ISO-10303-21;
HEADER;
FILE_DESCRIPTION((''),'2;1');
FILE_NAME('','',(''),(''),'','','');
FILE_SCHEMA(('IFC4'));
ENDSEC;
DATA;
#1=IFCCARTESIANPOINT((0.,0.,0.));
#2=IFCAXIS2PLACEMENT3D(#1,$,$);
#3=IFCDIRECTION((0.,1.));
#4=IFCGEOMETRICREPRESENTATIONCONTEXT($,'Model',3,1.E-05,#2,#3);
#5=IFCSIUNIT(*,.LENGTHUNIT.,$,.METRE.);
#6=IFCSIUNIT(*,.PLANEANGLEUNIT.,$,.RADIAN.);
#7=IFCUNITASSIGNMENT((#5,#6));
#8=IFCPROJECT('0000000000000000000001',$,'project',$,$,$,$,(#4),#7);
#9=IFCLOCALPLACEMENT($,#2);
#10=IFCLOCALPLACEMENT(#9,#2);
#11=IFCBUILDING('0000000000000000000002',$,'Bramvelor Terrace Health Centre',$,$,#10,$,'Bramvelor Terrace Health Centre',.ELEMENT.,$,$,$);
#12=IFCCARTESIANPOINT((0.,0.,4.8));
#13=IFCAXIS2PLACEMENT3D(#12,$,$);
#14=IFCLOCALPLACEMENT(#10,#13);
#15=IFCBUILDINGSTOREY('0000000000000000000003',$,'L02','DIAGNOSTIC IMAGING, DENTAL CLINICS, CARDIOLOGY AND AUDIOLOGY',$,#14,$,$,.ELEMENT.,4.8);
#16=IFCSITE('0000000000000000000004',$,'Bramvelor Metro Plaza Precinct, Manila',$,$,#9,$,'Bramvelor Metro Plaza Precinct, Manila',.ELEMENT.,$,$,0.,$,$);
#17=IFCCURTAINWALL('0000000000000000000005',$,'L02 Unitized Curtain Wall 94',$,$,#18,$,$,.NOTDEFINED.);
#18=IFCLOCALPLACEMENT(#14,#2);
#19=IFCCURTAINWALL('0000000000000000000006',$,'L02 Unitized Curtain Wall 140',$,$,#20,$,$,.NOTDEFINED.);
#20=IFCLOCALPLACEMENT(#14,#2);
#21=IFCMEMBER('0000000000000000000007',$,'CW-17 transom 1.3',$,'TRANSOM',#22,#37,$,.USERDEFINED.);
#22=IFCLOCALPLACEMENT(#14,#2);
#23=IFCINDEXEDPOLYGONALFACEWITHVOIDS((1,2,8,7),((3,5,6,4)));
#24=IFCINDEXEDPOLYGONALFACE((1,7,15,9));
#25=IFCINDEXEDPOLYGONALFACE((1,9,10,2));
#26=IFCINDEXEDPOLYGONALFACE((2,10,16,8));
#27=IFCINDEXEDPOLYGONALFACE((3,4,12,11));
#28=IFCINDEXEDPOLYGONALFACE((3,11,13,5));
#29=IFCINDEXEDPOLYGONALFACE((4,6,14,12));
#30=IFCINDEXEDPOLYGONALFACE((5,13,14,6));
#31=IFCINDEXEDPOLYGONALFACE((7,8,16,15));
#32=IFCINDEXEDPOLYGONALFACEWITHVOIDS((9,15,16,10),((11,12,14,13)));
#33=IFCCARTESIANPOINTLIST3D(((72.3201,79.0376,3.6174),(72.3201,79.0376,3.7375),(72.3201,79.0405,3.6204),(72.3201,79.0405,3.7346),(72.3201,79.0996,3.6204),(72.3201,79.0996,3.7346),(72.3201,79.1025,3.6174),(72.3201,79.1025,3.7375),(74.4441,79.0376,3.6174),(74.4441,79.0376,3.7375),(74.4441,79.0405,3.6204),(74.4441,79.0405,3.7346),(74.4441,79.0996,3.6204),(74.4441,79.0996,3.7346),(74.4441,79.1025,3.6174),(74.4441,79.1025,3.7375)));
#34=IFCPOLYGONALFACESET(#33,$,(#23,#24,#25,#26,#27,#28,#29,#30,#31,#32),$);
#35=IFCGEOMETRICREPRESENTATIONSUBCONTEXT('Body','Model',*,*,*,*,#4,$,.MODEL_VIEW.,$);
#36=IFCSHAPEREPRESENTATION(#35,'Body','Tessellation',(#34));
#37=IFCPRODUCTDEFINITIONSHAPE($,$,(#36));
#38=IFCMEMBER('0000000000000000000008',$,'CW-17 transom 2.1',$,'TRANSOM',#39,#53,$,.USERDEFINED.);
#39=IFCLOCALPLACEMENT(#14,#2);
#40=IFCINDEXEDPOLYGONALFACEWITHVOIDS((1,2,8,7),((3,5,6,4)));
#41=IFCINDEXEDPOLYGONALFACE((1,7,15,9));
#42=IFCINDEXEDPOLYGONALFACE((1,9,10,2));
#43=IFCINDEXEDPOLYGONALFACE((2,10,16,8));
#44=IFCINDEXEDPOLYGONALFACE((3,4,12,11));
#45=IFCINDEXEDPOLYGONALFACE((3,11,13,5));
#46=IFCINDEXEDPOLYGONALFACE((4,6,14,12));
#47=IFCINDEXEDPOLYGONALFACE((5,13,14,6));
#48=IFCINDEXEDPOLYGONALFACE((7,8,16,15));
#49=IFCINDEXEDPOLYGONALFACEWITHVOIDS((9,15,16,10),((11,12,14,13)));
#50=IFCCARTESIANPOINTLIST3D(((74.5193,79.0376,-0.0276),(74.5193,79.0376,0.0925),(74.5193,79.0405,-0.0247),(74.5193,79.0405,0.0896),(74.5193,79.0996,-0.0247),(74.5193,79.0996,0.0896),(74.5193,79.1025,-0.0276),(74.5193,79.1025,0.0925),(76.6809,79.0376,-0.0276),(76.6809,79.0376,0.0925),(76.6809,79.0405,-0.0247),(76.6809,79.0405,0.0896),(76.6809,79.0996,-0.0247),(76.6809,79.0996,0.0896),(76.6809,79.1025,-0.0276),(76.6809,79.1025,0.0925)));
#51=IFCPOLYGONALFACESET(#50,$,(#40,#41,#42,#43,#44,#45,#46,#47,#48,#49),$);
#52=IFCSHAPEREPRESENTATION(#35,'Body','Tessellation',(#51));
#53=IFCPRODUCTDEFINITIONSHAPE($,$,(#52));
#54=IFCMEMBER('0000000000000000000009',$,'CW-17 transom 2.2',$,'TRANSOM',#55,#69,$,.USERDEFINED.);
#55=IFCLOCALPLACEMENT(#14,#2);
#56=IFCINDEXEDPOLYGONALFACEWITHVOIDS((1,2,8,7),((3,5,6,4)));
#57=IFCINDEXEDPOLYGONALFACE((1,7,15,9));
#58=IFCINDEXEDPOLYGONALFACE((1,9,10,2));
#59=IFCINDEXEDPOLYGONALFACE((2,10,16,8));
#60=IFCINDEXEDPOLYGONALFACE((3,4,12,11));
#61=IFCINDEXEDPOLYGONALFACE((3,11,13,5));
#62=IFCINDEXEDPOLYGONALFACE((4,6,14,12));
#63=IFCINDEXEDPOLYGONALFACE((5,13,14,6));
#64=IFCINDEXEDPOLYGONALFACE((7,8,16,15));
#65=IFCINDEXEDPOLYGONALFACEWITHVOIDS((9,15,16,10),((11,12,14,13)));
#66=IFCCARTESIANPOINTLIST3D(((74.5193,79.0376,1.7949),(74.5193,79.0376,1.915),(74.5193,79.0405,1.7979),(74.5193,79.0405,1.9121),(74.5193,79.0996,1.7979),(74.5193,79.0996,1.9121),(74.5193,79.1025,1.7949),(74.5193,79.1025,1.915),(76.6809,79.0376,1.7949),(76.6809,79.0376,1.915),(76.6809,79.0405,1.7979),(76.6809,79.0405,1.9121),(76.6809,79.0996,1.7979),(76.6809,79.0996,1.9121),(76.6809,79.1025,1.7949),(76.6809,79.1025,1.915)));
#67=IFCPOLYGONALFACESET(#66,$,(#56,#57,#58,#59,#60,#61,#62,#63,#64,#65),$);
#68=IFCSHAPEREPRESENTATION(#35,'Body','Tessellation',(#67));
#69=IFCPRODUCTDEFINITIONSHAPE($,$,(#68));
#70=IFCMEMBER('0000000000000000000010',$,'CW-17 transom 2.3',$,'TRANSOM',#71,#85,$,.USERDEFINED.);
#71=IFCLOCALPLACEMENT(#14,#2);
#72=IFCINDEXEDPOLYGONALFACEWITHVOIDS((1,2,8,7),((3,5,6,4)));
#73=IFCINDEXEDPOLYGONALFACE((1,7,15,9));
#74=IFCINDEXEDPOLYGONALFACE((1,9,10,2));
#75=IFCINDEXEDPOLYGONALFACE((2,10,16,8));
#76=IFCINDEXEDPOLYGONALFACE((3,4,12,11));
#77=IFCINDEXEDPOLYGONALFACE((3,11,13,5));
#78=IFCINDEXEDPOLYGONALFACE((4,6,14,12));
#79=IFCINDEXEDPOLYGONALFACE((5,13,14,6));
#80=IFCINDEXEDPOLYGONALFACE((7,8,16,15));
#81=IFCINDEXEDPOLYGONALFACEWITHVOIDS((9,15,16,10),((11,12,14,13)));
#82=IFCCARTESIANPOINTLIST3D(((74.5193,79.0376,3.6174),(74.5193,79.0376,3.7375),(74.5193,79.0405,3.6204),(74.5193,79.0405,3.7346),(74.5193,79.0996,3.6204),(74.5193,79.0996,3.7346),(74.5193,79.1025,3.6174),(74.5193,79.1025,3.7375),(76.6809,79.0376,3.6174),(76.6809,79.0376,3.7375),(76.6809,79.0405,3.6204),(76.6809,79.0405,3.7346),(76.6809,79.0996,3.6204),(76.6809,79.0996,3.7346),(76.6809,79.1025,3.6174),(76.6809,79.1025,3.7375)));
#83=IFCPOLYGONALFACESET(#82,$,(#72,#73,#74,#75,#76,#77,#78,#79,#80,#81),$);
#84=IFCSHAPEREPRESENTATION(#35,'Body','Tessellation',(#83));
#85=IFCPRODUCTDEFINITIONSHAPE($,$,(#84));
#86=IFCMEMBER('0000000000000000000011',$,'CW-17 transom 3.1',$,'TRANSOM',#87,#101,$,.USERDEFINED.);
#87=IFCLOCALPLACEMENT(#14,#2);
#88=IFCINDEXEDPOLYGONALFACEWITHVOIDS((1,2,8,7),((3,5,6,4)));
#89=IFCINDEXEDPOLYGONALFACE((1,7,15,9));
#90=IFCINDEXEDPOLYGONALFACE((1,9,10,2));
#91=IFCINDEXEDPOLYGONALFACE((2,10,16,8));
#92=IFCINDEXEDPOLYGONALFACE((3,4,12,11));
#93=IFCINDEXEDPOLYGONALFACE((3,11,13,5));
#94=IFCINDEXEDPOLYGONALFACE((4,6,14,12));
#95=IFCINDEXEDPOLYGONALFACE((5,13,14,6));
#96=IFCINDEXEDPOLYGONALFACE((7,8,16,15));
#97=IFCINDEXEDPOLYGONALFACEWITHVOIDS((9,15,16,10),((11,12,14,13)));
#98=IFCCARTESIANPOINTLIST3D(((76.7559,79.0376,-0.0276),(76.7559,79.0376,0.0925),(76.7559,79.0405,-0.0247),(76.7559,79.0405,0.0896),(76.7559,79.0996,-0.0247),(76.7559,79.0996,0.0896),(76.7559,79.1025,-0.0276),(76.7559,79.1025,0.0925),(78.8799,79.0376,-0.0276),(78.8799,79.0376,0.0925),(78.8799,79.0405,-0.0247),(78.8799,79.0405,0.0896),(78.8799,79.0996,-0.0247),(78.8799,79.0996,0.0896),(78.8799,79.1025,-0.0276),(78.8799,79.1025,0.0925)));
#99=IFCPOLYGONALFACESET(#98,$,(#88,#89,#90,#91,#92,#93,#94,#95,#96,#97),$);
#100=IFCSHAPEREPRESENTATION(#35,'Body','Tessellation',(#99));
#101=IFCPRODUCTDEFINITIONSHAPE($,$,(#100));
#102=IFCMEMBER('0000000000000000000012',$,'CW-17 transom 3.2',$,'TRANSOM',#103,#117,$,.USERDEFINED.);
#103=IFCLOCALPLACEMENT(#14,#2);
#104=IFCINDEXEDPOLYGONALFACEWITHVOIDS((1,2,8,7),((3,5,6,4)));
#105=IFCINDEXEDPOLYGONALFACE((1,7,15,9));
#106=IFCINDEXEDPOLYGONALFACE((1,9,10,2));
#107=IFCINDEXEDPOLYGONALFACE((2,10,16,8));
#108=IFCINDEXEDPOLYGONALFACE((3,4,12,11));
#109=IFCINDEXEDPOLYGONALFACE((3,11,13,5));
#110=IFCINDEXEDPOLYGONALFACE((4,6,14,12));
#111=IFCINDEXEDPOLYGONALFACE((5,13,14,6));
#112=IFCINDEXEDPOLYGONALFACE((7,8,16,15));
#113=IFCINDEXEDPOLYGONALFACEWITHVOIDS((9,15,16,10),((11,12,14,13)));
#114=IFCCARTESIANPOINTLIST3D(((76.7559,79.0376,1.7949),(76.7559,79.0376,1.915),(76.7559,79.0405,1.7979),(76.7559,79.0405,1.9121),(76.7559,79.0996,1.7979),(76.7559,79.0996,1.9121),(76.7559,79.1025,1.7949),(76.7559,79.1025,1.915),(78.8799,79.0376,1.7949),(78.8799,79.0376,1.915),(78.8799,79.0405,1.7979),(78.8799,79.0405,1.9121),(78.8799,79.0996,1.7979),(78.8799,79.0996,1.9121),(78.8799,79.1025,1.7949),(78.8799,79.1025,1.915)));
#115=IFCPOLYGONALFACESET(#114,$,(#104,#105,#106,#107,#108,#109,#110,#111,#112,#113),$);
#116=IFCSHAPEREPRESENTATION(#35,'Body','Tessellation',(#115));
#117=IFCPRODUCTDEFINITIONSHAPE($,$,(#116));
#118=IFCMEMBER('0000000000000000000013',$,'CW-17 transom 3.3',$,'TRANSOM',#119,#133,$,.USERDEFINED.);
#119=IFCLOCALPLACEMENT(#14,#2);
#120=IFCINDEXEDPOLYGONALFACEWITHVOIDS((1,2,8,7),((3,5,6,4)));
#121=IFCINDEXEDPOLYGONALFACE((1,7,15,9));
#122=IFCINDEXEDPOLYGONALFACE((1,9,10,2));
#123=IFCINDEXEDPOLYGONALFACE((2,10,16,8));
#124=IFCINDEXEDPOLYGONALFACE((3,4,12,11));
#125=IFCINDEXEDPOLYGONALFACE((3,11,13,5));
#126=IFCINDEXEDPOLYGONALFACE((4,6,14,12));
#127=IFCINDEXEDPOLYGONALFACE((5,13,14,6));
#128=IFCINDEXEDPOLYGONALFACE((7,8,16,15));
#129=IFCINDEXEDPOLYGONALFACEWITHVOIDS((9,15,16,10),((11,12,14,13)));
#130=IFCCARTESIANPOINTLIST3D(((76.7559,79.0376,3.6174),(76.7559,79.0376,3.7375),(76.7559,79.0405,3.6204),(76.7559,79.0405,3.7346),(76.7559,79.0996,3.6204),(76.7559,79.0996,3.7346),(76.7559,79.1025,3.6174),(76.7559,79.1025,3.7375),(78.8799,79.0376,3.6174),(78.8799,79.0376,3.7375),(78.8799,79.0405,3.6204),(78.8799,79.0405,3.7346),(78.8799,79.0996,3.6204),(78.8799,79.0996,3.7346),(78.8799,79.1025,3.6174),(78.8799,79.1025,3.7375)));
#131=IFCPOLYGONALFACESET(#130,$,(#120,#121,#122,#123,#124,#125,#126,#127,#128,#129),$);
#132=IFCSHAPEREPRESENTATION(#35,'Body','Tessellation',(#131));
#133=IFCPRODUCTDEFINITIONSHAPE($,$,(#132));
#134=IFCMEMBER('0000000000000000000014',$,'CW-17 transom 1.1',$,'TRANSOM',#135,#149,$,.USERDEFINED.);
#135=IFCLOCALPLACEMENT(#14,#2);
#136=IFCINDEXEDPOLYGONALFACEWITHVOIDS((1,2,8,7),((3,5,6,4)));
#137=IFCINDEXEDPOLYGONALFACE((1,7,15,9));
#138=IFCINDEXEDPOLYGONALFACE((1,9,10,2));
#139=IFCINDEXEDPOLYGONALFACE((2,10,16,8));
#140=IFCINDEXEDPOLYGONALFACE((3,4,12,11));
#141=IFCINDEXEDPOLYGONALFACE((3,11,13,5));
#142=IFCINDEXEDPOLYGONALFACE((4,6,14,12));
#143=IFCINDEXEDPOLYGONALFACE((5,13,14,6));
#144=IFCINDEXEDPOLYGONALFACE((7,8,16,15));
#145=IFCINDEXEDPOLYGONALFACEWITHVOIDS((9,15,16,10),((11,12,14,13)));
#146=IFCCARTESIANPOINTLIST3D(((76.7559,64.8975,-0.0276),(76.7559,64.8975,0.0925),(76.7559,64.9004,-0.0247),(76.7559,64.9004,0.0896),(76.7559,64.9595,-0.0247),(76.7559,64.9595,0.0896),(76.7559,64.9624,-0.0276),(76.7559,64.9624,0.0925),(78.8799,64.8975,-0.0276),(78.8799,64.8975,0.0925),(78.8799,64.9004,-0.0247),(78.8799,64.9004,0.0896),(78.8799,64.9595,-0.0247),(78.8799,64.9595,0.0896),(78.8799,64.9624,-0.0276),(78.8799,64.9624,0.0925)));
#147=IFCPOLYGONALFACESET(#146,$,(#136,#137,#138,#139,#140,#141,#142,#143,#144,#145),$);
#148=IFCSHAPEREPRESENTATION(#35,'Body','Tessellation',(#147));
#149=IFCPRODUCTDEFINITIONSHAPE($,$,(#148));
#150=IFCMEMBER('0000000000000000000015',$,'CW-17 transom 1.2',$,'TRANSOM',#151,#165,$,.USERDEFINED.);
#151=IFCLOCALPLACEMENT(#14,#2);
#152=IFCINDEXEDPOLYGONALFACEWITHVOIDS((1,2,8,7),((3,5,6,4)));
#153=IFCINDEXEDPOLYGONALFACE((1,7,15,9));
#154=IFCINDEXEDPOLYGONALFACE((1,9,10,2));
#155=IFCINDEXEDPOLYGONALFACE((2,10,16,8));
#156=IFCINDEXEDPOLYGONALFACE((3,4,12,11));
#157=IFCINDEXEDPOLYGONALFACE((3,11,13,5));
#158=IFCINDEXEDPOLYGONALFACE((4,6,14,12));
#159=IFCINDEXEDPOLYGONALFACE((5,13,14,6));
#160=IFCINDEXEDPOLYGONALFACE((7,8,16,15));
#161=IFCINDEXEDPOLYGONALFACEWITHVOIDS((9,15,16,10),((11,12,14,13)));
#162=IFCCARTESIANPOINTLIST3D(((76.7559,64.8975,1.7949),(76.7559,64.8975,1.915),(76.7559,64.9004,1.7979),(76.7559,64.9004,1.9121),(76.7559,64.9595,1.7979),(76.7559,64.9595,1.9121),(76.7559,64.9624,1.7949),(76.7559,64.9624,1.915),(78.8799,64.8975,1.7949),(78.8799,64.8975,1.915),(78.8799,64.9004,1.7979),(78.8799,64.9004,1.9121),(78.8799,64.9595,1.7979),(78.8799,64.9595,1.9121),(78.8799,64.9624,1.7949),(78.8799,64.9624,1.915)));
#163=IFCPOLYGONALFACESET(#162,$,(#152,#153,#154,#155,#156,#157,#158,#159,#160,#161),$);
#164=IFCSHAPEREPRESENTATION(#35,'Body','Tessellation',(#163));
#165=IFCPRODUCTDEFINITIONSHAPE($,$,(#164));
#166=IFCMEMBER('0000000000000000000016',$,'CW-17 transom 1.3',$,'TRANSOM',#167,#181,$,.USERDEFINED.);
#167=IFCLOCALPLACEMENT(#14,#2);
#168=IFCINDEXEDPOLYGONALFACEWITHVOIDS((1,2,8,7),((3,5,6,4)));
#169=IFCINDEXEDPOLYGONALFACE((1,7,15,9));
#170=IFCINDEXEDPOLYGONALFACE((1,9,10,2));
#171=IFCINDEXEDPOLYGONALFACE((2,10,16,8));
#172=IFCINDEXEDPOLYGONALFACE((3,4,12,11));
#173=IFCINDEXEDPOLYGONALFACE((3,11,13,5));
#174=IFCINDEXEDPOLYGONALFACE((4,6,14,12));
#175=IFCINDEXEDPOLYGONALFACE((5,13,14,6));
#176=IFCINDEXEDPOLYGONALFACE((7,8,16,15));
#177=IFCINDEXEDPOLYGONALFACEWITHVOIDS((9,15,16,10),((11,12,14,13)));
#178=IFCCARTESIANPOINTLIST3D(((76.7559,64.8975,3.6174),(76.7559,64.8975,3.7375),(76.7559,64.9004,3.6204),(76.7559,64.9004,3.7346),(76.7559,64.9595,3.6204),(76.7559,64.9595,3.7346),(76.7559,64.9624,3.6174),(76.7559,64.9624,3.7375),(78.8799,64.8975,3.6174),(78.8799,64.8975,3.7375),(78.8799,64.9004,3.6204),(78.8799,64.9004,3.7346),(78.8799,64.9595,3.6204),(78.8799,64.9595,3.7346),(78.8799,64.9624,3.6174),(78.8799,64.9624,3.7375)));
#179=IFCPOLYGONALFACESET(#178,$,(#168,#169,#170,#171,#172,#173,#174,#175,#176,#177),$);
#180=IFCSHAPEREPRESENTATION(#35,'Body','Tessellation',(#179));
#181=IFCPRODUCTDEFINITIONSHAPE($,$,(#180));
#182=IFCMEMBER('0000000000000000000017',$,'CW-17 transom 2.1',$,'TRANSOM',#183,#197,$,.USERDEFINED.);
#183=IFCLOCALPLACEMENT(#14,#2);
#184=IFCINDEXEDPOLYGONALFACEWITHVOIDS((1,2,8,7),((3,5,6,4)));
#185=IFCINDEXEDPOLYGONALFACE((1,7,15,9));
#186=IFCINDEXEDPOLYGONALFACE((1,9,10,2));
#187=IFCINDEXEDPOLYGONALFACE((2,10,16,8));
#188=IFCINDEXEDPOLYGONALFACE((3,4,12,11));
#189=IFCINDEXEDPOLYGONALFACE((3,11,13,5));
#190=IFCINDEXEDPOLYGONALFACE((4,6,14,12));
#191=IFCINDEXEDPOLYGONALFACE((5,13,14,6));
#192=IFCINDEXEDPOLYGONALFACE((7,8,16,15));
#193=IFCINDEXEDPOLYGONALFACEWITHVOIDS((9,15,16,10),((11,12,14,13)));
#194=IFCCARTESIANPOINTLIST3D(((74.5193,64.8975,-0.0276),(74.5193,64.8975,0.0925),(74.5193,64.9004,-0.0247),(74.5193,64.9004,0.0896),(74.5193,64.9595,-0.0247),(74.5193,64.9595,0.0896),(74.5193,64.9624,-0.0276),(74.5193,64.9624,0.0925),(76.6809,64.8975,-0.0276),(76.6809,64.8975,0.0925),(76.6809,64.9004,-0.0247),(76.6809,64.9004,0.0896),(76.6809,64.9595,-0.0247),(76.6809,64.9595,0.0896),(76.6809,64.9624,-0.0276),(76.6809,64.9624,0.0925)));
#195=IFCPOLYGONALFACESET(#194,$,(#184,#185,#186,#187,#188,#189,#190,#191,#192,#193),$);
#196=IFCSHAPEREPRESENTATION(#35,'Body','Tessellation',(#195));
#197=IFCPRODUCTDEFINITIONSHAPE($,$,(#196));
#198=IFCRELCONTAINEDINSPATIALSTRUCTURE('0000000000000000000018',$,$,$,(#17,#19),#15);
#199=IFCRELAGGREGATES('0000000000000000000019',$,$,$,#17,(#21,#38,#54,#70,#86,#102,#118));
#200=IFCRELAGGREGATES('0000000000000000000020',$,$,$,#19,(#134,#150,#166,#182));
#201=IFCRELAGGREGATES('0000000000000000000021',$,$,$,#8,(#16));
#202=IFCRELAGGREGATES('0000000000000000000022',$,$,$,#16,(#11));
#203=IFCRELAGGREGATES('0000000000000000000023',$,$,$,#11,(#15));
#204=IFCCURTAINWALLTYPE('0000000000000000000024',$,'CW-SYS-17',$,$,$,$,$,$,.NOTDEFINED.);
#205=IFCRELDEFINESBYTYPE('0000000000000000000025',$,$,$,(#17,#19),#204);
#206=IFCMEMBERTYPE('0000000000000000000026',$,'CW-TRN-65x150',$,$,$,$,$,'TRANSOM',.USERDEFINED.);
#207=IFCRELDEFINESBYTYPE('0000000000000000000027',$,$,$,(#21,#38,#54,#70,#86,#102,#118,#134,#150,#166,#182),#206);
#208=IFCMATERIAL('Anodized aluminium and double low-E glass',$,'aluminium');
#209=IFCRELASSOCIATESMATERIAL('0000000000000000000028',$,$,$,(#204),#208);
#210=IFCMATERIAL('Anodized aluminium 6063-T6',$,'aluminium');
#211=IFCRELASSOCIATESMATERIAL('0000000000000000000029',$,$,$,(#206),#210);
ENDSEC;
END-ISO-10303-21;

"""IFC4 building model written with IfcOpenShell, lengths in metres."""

from ifc_helpers import new_model, si_unit, direction, frame, origin, origin_2d, place, context, subcontext, project, spatial, hollow_rectangle, extrude, material, material_profile, profile_set, type_object, element, aggregate, save


model = new_model("IFC4")

# Units and contexts
model_context = context("Model", 3, precision=1e-05, world=origin(), true_north=direction((0.0, 1.0)))
body_context = subcontext(model_context, "Body", "Model", "MODEL_VIEW")
ifc_project = project(units=[si_unit("LENGTHUNIT", "METRE"), si_unit("PLANEANGLEUNIT", "RADIAN")], contexts=[model_context])

# Site, building, storey
site_placement = place(None, origin())
site = spatial("IfcSite", under=ifc_project, at=site_placement, Name="Bramvelor Metro Plaza Precinct, Manila", LongName="Bramvelor Metro Plaza Precinct, Manila", CompositionType="ELEMENT", RefElevation=0.0)
building_placement = place(site_placement, origin())
building = spatial("IfcBuilding", under=site, at=building_placement, Name="Bramvelor Terrace Health Centre", LongName="Bramvelor Terrace Health Centre", CompositionType="ELEMENT")
storey_placement = place(building_placement, frame((0.0, 0.0, 4.8)))
storey = spatial("IfcBuildingStorey", under=building, at=storey_placement, Name="L02", Description="DIAGNOSTIC IMAGING, DENTAL CLINICS, CARDIOLOGY AND AUDIOLOGY", CompositionType="ELEMENT", Elevation=4.8)

# Curtain walls
ifc_material_1 = material(Name="Anodized aluminium and double low-E glass", Category="aluminium")
curtain_wall_type = type_object("IfcCurtainWallType", Name="CW-SYS-17", PredefinedType="NOTDEFINED", material=ifc_material_1)
curtain_wall_1_placement = place(storey_placement, origin())
curtain_wall_1 = element("IfcCurtainWall", 1, at=curtain_wall_1_placement, inside=storey, type_object=curtain_wall_type, Name="L02 Unitized Curtain Wall 94", PredefinedType="NOTDEFINED")
curtain_wall_2_placement = place(storey_placement, origin())
curtain_wall_2 = element("IfcCurtainWall", 2, at=curtain_wall_2_placement, inside=storey, type_object=curtain_wall_type, Name="L02 Unitized Curtain Wall 140", PredefinedType="NOTDEFINED")

# Members
ifc_material_2 = material(Name="Anodized aluminium 6063-T6", Category="aluminium")
ifc_material_profile_1 = material_profile(ifc_material_2, hollow_rectangle(XDim=0.0649, YDim=0.1201, WallThickness=0.0029, at=origin_2d()), Name="ALU-TRN 65x120x3.0")
ifc_profile_set_1 = profile_set([ifc_material_profile_1], Name="Anodized aluminium 6063-T6")
member_type_1 = type_object("IfcMemberType", Name="CW-TRN-65x150", ElementType="TRANSOM", PredefinedType="USERDEFINED", material=ifc_profile_set_1)
member_1_placement = place(storey_placement, frame((72.3201, 79.0701, 3.6775), z_axis=(1.0, 0.0, 0.0), x_axis=(0.0, 1.0, 0.0)))
member_1 = element("IfcMember", 3, at=member_1_placement, type_object=member_type_1, Name="CW-17 transom 1.3", ObjectType="TRANSOM", PredefinedType="USERDEFINED", context=body_context, shape_type="SweptSolid", body=[
    extrude(hollow_rectangle(XDim=0.0649, YDim=0.1201, WallThickness=0.0029, at=origin_2d()), origin(), (0.0, 0.0, 1.0), 2.124),
])
member_2_placement = place(storey_placement, frame((74.5193, 79.0701, 0.0325), z_axis=(1.0, 0.0, 0.0), x_axis=(0.0, 1.0, 0.0)))
member_2 = element("IfcMember", 4, at=member_2_placement, type_object=member_type_1, Name="CW-17 transom 2.1", ObjectType="TRANSOM", PredefinedType="USERDEFINED", context=body_context, shape_type="SweptSolid", body=[
    extrude(hollow_rectangle(XDim=0.0649, YDim=0.1201, WallThickness=0.0029, at=origin_2d()), origin(), (0.0, 0.0, 1.0), 2.1616),
])
member_3_placement = place(storey_placement, frame((74.5193, 79.0701, 1.855), z_axis=(1.0, 0.0, 0.0), x_axis=(0.0, 1.0, 0.0)))
member_3 = element("IfcMember", 5, at=member_3_placement, type_object=member_type_1, Name="CW-17 transom 2.2", ObjectType="TRANSOM", PredefinedType="USERDEFINED", context=body_context, shape_type="SweptSolid", body=[
    extrude(hollow_rectangle(XDim=0.0649, YDim=0.1201, WallThickness=0.0029, at=origin_2d()), origin(), (0.0, 0.0, 1.0), 2.1616),
])
member_4_placement = place(storey_placement, frame((74.5193, 79.0701, 3.6775), z_axis=(1.0, 0.0, 0.0), x_axis=(0.0, 1.0, 0.0)))
member_4 = element("IfcMember", 6, at=member_4_placement, type_object=member_type_1, Name="CW-17 transom 2.3", ObjectType="TRANSOM", PredefinedType="USERDEFINED", context=body_context, shape_type="SweptSolid", body=[
    extrude(hollow_rectangle(XDim=0.0649, YDim=0.1201, WallThickness=0.0029, at=origin_2d()), origin(), (0.0, 0.0, 1.0), 2.1616),
])
member_5_placement = place(storey_placement, frame((76.7559, 79.0701, 0.0325), z_axis=(1.0, 0.0, 0.0), x_axis=(0.0, 1.0, 0.0)))
member_5 = element("IfcMember", 7, at=member_5_placement, type_object=member_type_1, Name="CW-17 transom 3.1", ObjectType="TRANSOM", PredefinedType="USERDEFINED", context=body_context, shape_type="SweptSolid", body=[
    extrude(hollow_rectangle(XDim=0.0649, YDim=0.1201, WallThickness=0.0029, at=origin_2d()), origin(), (0.0, 0.0, 1.0), 2.124),
])
member_6_placement = place(storey_placement, frame((76.7559, 79.0701, 1.855), z_axis=(1.0, 0.0, 0.0), x_axis=(0.0, 1.0, 0.0)))
member_6 = element("IfcMember", 8, at=member_6_placement, type_object=member_type_1, Name="CW-17 transom 3.2", ObjectType="TRANSOM", PredefinedType="USERDEFINED", context=body_context, shape_type="SweptSolid", body=[
    extrude(hollow_rectangle(XDim=0.0649, YDim=0.1201, WallThickness=0.0029, at=origin_2d()), origin(), (0.0, 0.0, 1.0), 2.124),
])
member_7_placement = place(storey_placement, frame((76.7559, 79.0701, 3.6775), z_axis=(1.0, 0.0, 0.0), x_axis=(0.0, 1.0, 0.0)))
member_7 = element("IfcMember", 9, at=member_7_placement, type_object=member_type_1, Name="CW-17 transom 3.3", ObjectType="TRANSOM", PredefinedType="USERDEFINED", context=body_context, shape_type="SweptSolid", body=[
    extrude(hollow_rectangle(XDim=0.0649, YDim=0.1201, WallThickness=0.0029, at=origin_2d()), origin(), (0.0, 0.0, 1.0), 2.124),
])
member_8_placement = place(storey_placement, frame((78.8799, 64.9299, 0.0325), z_axis=(-1.0, 0.0, 0.0), x_axis=(0.0, -1.0, 0.0)))
member_8 = element("IfcMember", 10, at=member_8_placement, type_object=member_type_1, Name="CW-17 transom 1.1", ObjectType="TRANSOM", PredefinedType="USERDEFINED", context=body_context, shape_type="SweptSolid", body=[
    extrude(hollow_rectangle(XDim=0.0649, YDim=0.1201, WallThickness=0.0029, at=origin_2d()), origin(), (0.0, 0.0, 1.0), 2.124),
])
member_9_placement = place(storey_placement, frame((78.8799, 64.9299, 1.855), z_axis=(-1.0, 0.0, 0.0), x_axis=(0.0, -1.0, 0.0)))
member_9 = element("IfcMember", 11, at=member_9_placement, type_object=member_type_1, Name="CW-17 transom 1.2", ObjectType="TRANSOM", PredefinedType="USERDEFINED", context=body_context, shape_type="SweptSolid", body=[
    extrude(hollow_rectangle(XDim=0.0649, YDim=0.1201, WallThickness=0.0029, at=origin_2d()), origin(), (0.0, 0.0, 1.0), 2.124),
])
member_10_placement = place(storey_placement, frame((78.8799, 64.9299, 3.6775), z_axis=(-1.0, 0.0, 0.0), x_axis=(0.0, -1.0, 0.0)))
member_10 = element("IfcMember", 12, at=member_10_placement, type_object=member_type_1, Name="CW-17 transom 1.3", ObjectType="TRANSOM", PredefinedType="USERDEFINED", context=body_context, shape_type="SweptSolid", body=[
    extrude(hollow_rectangle(XDim=0.0649, YDim=0.1201, WallThickness=0.0029, at=origin_2d()), origin(), (0.0, 0.0, 1.0), 2.124),
])
member_11_placement = place(storey_placement, frame((76.6809, 64.9299, 0.0325), z_axis=(-1.0, 0.0, 0.0), x_axis=(0.0, -1.0, 0.0)))
member_11 = element("IfcMember", 13, at=member_11_placement, type_object=member_type_1, Name="CW-17 transom 2.1", ObjectType="TRANSOM", PredefinedType="USERDEFINED", context=body_context, shape_type="SweptSolid", body=[
    extrude(hollow_rectangle(XDim=0.0649, YDim=0.1201, WallThickness=0.0029, at=origin_2d()), origin(), (0.0, 0.0, 1.0), 2.1616),
])

aggregate(curtain_wall_1, [member_1, member_2, member_3, member_4, member_5, member_6, member_7])
aggregate(curtain_wall_2, [member_8, member_9, member_10, member_11])

save(model, "model.ifc")
